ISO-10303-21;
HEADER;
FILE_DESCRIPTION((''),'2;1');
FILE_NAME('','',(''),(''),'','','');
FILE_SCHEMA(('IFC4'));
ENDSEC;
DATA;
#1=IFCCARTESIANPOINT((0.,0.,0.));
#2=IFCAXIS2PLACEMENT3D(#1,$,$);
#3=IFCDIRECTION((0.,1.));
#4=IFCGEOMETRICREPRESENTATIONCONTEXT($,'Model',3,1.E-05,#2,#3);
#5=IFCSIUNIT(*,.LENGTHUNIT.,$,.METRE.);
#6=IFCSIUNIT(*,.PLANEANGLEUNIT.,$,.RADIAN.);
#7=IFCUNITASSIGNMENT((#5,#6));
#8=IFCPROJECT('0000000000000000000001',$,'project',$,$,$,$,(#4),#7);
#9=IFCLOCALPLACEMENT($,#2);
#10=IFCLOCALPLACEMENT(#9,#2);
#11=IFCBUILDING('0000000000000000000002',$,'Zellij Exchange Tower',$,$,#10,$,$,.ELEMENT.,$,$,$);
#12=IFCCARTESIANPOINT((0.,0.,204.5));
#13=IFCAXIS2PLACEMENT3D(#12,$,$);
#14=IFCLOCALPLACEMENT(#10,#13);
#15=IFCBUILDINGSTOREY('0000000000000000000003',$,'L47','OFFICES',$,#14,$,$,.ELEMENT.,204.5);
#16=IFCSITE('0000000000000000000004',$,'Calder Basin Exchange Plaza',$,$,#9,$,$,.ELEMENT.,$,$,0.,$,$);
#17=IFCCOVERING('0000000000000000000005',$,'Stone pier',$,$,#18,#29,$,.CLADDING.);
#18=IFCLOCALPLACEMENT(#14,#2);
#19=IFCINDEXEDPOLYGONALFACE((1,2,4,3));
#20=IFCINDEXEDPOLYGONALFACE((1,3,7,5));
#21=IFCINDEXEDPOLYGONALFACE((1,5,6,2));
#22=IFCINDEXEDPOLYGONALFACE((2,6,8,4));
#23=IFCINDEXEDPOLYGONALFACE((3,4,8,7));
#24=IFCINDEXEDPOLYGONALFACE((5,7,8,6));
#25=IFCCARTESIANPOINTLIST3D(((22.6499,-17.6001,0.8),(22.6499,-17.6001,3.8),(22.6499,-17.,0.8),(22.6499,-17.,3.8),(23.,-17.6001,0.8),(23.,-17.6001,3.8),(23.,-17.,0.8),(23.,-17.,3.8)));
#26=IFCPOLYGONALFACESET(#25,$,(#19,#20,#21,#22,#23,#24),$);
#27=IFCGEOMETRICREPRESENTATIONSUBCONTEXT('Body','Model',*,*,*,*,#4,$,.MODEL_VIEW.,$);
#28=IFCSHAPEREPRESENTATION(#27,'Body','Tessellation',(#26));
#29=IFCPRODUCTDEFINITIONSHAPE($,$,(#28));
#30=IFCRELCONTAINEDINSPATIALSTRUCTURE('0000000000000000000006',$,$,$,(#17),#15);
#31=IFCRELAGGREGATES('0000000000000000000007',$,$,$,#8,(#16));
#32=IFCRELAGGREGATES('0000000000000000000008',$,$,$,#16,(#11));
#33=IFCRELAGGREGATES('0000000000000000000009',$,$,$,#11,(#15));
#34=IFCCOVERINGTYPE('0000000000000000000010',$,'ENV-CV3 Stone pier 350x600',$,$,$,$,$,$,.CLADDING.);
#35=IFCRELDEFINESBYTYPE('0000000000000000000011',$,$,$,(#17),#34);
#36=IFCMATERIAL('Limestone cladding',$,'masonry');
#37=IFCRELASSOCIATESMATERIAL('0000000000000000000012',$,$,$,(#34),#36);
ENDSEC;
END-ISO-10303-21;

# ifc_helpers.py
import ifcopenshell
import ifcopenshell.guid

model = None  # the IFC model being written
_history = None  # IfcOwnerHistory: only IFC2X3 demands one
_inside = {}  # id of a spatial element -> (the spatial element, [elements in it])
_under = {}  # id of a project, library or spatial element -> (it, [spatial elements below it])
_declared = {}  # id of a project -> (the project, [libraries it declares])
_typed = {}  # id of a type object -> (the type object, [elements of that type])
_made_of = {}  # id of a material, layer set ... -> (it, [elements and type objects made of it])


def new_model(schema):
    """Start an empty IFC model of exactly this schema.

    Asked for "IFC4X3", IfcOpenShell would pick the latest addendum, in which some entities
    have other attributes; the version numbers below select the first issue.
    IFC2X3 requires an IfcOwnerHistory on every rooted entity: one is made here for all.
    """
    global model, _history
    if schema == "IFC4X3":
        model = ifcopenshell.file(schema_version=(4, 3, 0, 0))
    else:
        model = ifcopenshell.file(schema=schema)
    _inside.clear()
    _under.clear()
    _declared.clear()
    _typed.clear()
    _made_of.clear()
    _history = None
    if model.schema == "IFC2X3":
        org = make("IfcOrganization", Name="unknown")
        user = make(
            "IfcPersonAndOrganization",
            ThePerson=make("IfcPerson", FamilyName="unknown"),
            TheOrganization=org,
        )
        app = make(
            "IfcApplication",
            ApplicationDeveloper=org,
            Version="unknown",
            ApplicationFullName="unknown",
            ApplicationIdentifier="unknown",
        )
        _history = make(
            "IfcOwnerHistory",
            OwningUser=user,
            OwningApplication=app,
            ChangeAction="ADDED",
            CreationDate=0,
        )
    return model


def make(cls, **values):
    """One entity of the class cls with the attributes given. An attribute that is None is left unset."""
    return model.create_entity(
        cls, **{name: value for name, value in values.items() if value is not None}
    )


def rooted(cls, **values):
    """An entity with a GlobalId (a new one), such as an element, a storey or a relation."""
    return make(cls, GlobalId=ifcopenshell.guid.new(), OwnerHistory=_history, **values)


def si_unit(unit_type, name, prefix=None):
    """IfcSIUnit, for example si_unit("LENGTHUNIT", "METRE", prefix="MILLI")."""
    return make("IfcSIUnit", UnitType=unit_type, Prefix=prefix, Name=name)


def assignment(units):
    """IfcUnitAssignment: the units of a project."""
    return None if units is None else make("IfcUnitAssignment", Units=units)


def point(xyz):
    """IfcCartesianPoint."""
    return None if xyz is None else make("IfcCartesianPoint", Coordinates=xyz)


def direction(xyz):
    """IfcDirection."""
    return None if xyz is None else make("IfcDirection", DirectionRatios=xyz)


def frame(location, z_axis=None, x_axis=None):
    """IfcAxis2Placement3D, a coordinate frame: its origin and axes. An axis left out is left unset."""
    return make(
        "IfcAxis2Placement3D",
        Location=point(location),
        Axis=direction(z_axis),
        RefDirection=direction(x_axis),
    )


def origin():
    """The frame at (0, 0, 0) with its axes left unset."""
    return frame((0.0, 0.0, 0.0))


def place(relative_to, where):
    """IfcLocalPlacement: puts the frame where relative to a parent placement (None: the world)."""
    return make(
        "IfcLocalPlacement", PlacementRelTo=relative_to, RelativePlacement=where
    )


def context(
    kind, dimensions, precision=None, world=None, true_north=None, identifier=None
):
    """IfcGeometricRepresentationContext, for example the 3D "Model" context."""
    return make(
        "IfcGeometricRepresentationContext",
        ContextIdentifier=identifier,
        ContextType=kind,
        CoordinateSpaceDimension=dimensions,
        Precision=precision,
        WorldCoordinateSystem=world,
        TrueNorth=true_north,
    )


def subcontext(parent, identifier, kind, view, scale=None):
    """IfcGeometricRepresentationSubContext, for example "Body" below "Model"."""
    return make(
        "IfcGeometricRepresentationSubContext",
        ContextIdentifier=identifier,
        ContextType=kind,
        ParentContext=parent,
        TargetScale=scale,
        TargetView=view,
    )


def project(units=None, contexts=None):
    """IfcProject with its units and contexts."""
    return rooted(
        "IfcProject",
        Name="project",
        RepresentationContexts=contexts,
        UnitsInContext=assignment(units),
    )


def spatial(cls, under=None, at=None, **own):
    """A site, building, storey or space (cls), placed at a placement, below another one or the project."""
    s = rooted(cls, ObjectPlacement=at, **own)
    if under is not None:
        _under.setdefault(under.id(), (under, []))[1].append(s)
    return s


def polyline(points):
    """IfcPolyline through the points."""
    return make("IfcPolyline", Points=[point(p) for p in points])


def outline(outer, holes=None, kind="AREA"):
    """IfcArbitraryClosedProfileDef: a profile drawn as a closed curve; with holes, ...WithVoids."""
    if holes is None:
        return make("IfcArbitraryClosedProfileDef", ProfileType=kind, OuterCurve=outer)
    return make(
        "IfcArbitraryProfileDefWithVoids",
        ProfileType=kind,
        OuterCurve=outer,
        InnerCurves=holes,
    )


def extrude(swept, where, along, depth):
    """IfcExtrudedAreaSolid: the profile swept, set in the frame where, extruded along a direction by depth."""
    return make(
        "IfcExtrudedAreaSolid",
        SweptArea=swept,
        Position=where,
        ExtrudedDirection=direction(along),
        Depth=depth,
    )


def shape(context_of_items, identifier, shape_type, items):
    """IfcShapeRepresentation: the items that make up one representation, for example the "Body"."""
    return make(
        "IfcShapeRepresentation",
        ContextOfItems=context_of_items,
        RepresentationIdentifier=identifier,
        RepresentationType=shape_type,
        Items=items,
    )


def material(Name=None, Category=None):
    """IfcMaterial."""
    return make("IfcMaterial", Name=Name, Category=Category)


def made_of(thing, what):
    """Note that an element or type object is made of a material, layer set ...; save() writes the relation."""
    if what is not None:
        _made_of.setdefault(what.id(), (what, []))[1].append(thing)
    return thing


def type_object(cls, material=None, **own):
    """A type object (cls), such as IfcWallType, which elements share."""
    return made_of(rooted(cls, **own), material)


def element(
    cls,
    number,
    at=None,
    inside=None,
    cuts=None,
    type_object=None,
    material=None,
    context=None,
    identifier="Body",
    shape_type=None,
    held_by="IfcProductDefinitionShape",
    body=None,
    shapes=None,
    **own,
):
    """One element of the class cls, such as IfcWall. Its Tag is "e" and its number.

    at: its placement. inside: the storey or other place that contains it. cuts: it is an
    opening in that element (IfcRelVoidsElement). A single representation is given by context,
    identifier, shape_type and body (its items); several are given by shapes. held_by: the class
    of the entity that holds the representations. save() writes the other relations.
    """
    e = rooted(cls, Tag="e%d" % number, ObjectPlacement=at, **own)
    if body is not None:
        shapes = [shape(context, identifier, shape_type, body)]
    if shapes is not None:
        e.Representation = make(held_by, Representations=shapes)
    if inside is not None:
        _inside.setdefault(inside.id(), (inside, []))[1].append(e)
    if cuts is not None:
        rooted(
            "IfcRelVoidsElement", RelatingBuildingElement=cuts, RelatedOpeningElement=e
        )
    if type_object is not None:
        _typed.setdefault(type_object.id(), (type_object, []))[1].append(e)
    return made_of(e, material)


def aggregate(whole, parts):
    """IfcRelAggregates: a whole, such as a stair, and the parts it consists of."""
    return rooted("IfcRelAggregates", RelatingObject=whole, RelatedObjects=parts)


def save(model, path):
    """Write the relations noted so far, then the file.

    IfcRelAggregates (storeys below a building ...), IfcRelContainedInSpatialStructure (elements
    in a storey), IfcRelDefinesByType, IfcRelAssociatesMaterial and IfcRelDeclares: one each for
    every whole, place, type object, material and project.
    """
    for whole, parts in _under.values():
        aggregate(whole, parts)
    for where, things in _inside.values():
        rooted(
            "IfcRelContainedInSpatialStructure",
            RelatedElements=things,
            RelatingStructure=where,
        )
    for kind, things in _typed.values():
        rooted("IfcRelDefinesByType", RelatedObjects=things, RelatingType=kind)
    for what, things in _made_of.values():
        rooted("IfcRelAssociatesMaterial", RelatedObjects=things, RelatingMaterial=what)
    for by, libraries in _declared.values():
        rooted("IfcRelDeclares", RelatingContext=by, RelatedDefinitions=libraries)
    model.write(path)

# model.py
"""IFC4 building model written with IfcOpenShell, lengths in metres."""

from ifc_helpers import new_model, si_unit, direction, frame, origin, place, context, subcontext, project, spatial, polyline, outline, extrude, material, type_object, element, save


model = new_model("IFC4")

# Units and contexts
model_context = context("Model", 3, precision=1e-05, world=origin(), true_north=direction((0.0, 1.0)))
body_context = subcontext(model_context, "Body", "Model", "MODEL_VIEW")
ifc_project = project(units=[si_unit("LENGTHUNIT", "METRE"), si_unit("PLANEANGLEUNIT", "RADIAN")], contexts=[model_context])

# Site, building, storey
site_placement = place(None, origin())
site = spatial("IfcSite", under=ifc_project, at=site_placement, Name="Calder Basin Exchange Plaza", CompositionType="ELEMENT", RefElevation=0.0)
building_placement = place(site_placement, origin())
building = spatial("IfcBuilding", under=site, at=building_placement, Name="Zellij Exchange Tower", CompositionType="ELEMENT")
storey_placement = place(building_placement, frame((0.0, 0.0, 204.5)))
storey = spatial("IfcBuildingStorey", under=building, at=storey_placement, Name="L47", Description="OFFICES", CompositionType="ELEMENT", Elevation=204.5)

# Covering
ifc_material_1 = material(Name="Limestone cladding", Category="masonry")
covering_type = type_object("IfcCoveringType", Name="ENV-CV3 Stone pier 350x600", PredefinedType="CLADDING", material=ifc_material_1)
covering_1_placement = place(storey_placement, frame((0.0, 0.0, 0.8)))
element("IfcCovering", 1, at=covering_1_placement, inside=storey, type_object=covering_type, Name="Stone pier", PredefinedType="CLADDING", context=body_context, shape_type="SweptSolid", body=[
    extrude(outline(polyline([(22.6499, -17.0), (23.0, -17.0), (23.0, -17.6001), (22.6499, -17.6001), (22.6499, -17.0)])), origin(), (0.0, 0.0, 1.0), 3.0),
])

save(model, "model.ifc")
